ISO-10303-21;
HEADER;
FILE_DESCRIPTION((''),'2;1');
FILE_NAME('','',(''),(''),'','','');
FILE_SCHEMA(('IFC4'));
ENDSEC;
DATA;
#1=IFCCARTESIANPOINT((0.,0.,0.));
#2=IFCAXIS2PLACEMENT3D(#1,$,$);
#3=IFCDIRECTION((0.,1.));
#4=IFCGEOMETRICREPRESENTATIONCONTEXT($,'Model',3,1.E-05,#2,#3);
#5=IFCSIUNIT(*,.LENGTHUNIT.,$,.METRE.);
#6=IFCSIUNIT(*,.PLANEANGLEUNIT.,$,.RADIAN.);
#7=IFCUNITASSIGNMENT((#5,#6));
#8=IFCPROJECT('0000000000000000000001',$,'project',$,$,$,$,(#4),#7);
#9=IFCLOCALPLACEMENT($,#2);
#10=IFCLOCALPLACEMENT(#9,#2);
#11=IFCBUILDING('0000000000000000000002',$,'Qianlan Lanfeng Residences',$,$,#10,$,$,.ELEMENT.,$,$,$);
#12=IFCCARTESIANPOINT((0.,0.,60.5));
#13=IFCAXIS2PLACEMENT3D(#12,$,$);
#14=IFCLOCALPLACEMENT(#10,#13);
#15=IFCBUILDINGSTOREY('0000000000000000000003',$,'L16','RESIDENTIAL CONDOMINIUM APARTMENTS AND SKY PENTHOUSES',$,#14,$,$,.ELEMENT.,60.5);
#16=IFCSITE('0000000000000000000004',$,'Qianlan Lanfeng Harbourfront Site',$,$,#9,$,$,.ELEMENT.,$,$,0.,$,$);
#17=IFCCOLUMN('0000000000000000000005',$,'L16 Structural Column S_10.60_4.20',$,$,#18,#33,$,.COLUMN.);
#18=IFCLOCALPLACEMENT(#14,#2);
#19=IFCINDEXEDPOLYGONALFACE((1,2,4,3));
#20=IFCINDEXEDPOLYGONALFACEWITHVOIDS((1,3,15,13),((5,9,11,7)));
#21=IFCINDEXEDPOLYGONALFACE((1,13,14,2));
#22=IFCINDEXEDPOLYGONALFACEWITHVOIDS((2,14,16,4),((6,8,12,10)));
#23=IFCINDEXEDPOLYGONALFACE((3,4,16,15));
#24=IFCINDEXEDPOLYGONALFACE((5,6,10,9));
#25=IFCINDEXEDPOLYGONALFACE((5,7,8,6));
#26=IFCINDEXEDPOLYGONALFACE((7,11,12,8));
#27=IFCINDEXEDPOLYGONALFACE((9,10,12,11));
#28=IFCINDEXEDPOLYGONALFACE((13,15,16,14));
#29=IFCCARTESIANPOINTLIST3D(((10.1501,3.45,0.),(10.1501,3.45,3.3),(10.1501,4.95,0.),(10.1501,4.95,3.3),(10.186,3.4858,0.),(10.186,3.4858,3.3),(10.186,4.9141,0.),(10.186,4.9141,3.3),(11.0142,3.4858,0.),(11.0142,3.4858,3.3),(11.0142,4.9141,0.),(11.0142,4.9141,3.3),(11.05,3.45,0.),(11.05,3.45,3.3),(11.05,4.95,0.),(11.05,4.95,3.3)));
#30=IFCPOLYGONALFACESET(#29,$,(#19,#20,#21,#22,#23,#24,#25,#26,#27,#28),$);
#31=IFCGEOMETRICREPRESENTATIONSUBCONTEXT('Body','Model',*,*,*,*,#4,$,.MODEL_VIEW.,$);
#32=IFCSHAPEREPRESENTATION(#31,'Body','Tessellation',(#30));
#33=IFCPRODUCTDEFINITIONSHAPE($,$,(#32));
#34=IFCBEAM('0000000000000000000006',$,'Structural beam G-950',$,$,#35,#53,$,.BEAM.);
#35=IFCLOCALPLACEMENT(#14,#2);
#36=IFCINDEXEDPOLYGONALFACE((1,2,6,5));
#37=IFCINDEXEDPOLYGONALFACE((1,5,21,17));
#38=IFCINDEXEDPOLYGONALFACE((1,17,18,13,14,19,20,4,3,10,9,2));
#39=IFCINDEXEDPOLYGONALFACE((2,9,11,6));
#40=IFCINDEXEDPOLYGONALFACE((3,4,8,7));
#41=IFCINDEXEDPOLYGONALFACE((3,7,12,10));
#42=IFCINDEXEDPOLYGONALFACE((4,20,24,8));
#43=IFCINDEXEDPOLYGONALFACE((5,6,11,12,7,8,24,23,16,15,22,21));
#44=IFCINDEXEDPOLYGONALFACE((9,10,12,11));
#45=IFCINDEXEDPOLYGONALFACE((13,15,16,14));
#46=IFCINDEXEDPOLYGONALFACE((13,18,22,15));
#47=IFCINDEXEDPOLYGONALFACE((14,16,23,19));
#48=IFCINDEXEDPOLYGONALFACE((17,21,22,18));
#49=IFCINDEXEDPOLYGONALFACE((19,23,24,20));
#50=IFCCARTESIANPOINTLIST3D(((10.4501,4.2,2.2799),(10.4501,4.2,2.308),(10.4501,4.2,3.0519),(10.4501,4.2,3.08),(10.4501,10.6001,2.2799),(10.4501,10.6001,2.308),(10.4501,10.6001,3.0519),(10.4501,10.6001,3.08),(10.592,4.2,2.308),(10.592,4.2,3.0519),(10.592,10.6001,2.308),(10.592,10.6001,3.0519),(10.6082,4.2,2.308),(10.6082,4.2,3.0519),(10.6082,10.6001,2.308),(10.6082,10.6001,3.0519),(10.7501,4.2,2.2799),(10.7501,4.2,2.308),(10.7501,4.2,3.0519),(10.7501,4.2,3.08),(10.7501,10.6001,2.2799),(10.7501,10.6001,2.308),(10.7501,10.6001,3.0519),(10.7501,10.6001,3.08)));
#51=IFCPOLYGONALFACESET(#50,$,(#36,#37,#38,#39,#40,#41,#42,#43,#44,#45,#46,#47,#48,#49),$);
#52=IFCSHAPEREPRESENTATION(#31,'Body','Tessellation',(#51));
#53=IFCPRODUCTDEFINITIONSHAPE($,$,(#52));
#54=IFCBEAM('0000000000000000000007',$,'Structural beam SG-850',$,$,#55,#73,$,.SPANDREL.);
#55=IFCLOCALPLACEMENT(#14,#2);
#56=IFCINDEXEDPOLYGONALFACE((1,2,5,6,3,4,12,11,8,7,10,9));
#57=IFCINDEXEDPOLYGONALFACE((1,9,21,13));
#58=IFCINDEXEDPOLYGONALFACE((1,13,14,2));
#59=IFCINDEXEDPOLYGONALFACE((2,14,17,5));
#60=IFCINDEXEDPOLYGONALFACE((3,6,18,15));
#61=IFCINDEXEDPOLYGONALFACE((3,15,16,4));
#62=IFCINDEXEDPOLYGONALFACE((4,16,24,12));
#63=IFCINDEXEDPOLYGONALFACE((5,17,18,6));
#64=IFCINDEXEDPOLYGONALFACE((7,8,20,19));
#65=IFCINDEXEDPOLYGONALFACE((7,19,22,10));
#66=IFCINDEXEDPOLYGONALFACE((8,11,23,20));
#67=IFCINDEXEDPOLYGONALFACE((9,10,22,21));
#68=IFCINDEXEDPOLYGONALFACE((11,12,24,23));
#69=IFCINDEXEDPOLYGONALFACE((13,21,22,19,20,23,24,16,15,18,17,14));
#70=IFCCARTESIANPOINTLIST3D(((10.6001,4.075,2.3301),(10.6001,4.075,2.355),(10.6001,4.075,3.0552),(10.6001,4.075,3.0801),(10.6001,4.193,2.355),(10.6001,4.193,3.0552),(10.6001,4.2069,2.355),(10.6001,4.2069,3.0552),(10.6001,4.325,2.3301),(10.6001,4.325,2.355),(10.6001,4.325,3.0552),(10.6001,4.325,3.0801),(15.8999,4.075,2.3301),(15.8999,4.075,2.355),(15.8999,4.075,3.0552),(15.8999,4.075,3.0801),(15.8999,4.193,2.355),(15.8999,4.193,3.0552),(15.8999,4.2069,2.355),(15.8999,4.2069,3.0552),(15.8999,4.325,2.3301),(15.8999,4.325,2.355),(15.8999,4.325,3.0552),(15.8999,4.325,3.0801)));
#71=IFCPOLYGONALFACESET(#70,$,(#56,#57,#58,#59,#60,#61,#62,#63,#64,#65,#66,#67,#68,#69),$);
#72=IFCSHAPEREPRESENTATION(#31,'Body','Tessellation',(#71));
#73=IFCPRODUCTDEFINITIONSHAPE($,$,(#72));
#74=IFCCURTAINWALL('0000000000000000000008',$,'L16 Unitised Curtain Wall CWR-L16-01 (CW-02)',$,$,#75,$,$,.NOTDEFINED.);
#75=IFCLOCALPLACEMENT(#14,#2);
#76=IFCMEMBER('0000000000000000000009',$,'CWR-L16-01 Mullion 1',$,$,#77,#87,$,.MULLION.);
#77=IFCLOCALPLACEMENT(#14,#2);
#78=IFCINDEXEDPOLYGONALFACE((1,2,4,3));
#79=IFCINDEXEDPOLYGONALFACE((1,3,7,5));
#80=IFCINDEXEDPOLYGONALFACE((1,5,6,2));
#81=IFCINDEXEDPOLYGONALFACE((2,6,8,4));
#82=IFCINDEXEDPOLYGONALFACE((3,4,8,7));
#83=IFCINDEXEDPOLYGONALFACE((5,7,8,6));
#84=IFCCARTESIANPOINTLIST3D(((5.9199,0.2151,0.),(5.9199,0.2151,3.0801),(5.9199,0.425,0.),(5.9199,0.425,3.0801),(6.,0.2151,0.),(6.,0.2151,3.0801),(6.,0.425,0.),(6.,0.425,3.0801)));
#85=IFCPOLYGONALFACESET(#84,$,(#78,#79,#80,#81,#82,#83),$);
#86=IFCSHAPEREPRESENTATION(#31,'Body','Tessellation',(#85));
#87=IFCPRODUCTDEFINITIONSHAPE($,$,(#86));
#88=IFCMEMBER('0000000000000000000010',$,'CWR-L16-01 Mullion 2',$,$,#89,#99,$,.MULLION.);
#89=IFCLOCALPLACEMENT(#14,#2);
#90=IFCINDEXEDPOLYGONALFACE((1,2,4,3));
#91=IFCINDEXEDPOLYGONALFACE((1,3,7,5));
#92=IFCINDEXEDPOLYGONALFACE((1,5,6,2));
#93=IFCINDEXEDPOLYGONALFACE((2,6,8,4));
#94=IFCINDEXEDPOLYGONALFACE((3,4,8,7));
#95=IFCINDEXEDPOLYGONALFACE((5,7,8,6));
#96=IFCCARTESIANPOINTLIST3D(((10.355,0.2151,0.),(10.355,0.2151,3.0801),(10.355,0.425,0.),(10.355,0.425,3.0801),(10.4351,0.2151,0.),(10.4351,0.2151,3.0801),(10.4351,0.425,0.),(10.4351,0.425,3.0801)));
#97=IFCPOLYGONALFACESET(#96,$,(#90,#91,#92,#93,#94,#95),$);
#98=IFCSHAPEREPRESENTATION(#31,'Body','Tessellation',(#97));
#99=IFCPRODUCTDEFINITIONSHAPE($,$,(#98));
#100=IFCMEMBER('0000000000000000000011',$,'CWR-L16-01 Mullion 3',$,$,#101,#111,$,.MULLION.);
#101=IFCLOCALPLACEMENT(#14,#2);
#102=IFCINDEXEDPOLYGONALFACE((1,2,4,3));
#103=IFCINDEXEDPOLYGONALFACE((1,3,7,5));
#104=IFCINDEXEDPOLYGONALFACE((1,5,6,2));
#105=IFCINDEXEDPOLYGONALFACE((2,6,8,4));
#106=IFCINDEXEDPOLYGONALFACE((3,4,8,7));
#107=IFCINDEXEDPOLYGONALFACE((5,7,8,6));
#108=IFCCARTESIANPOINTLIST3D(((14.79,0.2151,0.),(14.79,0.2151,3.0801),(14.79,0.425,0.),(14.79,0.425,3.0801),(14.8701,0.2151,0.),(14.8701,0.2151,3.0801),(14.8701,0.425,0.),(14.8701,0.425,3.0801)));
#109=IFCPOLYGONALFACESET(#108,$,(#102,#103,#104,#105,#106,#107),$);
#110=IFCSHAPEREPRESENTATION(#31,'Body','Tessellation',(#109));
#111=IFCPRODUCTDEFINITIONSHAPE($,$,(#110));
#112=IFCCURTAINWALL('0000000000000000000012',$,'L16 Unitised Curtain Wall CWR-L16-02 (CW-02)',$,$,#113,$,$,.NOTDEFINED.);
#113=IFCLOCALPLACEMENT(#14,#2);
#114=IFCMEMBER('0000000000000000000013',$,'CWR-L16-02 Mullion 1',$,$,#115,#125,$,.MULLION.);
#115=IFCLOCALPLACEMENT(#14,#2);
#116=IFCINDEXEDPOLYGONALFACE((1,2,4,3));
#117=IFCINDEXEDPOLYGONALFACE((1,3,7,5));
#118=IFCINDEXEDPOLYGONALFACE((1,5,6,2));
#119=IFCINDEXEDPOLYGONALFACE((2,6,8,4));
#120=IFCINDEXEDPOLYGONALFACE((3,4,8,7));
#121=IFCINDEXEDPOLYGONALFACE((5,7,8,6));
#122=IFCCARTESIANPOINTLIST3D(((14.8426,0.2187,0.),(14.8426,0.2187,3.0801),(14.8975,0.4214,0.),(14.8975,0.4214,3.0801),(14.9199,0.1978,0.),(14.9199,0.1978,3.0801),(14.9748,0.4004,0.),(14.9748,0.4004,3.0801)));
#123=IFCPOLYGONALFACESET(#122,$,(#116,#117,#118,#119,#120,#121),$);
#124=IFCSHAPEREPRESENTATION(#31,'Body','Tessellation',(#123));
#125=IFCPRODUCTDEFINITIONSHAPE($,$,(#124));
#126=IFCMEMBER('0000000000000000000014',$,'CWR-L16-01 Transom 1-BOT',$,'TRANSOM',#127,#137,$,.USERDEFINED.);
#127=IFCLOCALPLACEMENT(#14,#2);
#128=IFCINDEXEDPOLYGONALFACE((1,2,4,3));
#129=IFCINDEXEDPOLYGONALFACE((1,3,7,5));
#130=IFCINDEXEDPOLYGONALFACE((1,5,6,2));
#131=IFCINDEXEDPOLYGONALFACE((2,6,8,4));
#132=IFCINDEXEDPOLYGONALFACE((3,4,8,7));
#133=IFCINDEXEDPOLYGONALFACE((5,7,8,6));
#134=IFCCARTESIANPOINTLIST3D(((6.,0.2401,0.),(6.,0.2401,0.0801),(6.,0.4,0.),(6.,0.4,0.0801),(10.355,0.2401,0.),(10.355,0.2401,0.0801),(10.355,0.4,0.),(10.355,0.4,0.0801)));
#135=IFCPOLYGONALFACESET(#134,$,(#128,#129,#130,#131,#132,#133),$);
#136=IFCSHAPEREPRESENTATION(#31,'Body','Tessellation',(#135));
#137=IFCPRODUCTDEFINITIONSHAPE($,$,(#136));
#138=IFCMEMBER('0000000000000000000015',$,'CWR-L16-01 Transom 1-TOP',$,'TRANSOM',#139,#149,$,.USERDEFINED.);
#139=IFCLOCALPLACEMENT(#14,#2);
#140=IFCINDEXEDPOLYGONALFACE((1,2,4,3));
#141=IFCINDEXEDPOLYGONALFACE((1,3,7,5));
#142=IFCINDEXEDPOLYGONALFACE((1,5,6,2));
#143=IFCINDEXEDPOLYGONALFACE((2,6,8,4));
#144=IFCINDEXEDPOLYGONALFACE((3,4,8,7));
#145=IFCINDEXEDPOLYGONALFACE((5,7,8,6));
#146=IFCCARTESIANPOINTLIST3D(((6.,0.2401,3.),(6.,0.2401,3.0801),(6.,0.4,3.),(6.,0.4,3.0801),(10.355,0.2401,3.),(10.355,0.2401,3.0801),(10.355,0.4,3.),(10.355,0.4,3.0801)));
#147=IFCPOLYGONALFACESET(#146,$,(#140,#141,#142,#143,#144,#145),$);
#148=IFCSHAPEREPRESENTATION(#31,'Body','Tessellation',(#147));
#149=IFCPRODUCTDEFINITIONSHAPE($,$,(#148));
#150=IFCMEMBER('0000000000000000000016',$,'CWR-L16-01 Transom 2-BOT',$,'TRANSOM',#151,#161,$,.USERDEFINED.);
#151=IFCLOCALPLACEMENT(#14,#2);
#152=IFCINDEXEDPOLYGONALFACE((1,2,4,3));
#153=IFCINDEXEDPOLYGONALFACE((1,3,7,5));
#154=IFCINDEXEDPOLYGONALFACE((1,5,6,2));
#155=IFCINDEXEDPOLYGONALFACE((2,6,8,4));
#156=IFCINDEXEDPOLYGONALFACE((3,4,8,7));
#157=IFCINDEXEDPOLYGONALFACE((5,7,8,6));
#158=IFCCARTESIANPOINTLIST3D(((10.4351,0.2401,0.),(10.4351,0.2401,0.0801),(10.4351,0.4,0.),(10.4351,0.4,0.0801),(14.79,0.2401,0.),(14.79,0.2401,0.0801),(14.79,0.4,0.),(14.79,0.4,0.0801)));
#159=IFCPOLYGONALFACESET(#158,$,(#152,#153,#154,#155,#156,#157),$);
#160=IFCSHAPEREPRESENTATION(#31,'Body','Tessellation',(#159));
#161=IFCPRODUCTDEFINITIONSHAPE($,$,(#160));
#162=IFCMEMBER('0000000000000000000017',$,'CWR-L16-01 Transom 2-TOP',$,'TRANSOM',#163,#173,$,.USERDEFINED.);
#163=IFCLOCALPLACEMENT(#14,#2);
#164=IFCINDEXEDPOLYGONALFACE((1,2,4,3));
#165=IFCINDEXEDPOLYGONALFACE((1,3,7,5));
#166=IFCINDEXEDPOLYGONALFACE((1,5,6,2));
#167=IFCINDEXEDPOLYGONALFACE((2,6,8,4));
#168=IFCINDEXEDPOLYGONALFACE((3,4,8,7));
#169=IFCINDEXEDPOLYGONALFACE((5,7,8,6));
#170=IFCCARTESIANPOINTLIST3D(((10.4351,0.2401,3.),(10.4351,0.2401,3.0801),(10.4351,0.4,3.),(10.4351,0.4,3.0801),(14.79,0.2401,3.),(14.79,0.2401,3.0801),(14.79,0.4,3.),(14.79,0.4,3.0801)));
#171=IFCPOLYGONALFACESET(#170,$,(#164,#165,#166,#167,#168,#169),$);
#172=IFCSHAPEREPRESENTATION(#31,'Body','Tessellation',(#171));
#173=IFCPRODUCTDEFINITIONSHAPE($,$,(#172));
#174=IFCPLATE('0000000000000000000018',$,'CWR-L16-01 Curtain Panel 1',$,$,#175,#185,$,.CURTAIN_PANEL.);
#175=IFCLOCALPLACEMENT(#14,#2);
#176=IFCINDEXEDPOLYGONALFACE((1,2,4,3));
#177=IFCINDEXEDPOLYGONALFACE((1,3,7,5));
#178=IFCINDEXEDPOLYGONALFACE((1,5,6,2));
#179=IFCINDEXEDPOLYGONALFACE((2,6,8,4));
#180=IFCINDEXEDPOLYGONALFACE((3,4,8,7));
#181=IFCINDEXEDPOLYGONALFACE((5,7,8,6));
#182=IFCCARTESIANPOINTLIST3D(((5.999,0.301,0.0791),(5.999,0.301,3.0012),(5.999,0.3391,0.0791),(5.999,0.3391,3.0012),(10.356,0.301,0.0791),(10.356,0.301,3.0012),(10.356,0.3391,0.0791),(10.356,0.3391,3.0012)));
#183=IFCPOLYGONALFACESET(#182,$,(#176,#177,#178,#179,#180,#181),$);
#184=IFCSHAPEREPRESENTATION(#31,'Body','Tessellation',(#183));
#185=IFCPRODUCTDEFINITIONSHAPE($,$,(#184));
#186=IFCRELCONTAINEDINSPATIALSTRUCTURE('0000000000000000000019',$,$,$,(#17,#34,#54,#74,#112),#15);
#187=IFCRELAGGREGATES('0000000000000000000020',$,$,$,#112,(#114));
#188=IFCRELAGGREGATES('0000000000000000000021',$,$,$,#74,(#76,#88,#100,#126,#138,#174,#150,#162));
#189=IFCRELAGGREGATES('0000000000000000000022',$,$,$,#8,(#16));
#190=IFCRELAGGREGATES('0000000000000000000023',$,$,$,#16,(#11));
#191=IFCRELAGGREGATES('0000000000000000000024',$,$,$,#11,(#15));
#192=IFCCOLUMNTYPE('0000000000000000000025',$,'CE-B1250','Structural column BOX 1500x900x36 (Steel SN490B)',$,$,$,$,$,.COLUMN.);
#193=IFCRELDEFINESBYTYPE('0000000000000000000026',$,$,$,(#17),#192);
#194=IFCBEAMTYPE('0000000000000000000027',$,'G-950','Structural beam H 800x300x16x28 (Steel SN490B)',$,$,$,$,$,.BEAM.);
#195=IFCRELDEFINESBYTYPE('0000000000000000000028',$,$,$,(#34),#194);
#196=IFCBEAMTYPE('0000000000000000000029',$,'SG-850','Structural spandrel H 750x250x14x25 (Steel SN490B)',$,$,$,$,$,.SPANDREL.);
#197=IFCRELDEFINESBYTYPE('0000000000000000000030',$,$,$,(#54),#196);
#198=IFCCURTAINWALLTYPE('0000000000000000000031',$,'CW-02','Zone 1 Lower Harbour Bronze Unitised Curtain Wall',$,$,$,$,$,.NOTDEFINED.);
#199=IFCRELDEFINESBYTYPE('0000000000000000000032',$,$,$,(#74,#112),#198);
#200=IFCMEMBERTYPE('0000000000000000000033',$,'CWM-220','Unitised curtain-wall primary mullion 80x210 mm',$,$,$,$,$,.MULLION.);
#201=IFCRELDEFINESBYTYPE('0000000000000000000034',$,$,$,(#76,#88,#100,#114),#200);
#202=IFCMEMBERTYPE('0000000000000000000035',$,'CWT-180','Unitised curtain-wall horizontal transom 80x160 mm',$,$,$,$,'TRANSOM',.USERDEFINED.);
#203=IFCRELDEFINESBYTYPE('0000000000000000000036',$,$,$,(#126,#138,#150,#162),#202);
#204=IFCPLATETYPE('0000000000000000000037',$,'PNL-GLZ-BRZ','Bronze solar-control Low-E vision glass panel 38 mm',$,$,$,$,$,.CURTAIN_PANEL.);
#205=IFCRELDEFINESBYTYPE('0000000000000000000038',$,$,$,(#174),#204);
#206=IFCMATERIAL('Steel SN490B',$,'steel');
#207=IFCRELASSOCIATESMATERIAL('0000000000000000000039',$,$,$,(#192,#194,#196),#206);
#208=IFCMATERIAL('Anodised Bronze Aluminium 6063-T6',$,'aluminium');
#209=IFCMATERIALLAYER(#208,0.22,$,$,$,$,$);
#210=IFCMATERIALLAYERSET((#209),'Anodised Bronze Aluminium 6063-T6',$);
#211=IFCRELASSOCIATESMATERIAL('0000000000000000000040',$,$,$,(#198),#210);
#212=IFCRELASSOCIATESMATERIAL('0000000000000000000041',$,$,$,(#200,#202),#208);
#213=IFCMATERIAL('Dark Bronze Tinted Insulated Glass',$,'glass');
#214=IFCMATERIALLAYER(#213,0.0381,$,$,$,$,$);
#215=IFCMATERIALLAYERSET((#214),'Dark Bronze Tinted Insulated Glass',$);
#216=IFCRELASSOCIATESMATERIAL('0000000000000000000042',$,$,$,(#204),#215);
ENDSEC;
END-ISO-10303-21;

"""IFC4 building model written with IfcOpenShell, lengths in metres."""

from ifc_helpers import new_model, si_unit, direction, frame, origin, origin_2d, place, context, subcontext, project, spatial, rectangle, hollow_rectangle, i_section, extrude, source, transform, mapped, material, layer, layer_set, material_profile, profile_set, type_object, element, aggregate, save


model = new_model("IFC4")

# Units and contexts
model_context = context("Model", 3, precision=1e-05, world=origin(), true_north=direction((0.0, 1.0)))
body_context = subcontext(model_context, "Body", "Model", "MODEL_VIEW")
ifc_project = project(units=[si_unit("LENGTHUNIT", "METRE"), si_unit("PLANEANGLEUNIT", "RADIAN")], contexts=[model_context])

# Site, building, storey
site_placement = place(None, origin())
site = spatial("IfcSite", under=ifc_project, at=site_placement, Name="Qianlan Lanfeng Harbourfront Site", CompositionType="ELEMENT", RefElevation=0.0)
building_placement = place(site_placement, origin())
building = spatial("IfcBuilding", under=site, at=building_placement, Name="Qianlan Lanfeng Residences", CompositionType="ELEMENT")
storey_placement = place(building_placement, frame((0.0, 0.0, 60.5)))
storey = spatial("IfcBuildingStorey", under=building, at=storey_placement, Name="L16", Description="RESIDENTIAL CONDOMINIUM APARTMENTS AND SKY PENTHOUSES", CompositionType="ELEMENT", Elevation=60.5)

# Column
ifc_material_1 = material(Name="Steel SN490B", Category="steel")
ifc_material_profile_1 = material_profile(ifc_material_1, hollow_rectangle(XDim=0.8999, YDim=1.5, WallThickness=0.0359, at=origin_2d()), Name="BOX 1500x900x36")
ifc_profile_set_1 = profile_set([ifc_material_profile_1], Name="Steel SN490B")
column_type = type_object("IfcColumnType", Name="CE-B1250", Description="Structural column BOX 1500x900x36 (Steel SN490B)", PredefinedType="COLUMN", material=ifc_profile_set_1)
column_placement = place(storey_placement, frame((10.6001, 4.2, 0.0), z_axis=(0.0, 0.0, 1.0), x_axis=(1.0, 0.0, 0.0)))
element("IfcColumn", 1, at=column_placement, inside=storey, type_object=column_type, Name="L16 Structural Column S_10.60_4.20", PredefinedType="COLUMN", context=body_context, shape_type="SweptSolid", body=[
    extrude(hollow_rectangle(XDim=0.8999, YDim=1.5, WallThickness=0.0359, at=origin_2d()), origin(), (0.0, 0.0, 1.0), 3.3),
])

# Beams
ifc_material_profile_2 = material_profile(ifc_material_1, i_section(OverallWidth=0.3, OverallDepth=0.8, WebThickness=0.0161, FlangeThickness=0.0281, at=origin_2d()), Name="H 800x300x16x28")
ifc_profile_set_2 = profile_set([ifc_material_profile_2], Name="Steel SN490B")
beam_type_1 = type_object("IfcBeamType", Name="G-950", Description="Structural beam H 800x300x16x28 (Steel SN490B)", PredefinedType="BEAM", material=ifc_profile_set_2)
beam_1_placement = place(storey_placement, frame((10.6001, 4.2, 2.6799), z_axis=(0.0, 1.0, 0.0), x_axis=(-1.0, 0.0, 0.0)))
element("IfcBeam", 2, at=beam_1_placement, inside=storey, type_object=beam_type_1, Name="Structural beam G-950", PredefinedType="BEAM", context=body_context, shape_type="SweptSolid", body=[
    extrude(i_section(OverallWidth=0.3, OverallDepth=0.8, WebThickness=0.0161, FlangeThickness=0.0281, at=origin_2d()), origin(), (0.0, 0.0, 1.0), 6.4001),
])
ifc_material_profile_3 = material_profile(ifc_material_1, i_section(OverallWidth=0.25, OverallDepth=0.75, WebThickness=0.0139, FlangeThickness=0.0249, at=origin_2d()), Name="H 750x250x14x25")
ifc_profile_set_3 = profile_set([ifc_material_profile_3], Name="Steel SN490B")
beam_type_2 = type_object("IfcBeamType", Name="SG-850", Description="Structural spandrel H 750x250x14x25 (Steel SN490B)", PredefinedType="SPANDREL", material=ifc_profile_set_3)
beam_2_placement = place(storey_placement, frame((10.6001, 4.2, 2.7051), z_axis=(1.0, 0.0, 0.0), x_axis=(0.0, 1.0, 0.0)))
element("IfcBeam", 3, at=beam_2_placement, inside=storey, type_object=beam_type_2, Name="Structural beam SG-850", PredefinedType="SPANDREL", context=body_context, shape_type="SweptSolid", body=[
    extrude(i_section(OverallWidth=0.25, OverallDepth=0.75, WebThickness=0.0139, FlangeThickness=0.0249, at=origin_2d()), origin(), (0.0, 0.0, 1.0), 5.2998),
])

# Curtain wall, members
ifc_material_2 = material(Name="Anodised Bronze Aluminium 6063-T6", Category="aluminium")
ifc_layer_1 = layer(ifc_material_2, 0.22)
ifc_layer_set_1 = layer_set([ifc_layer_1], Name="Anodised Bronze Aluminium 6063-T6")
curtain_wall_type = type_object("IfcCurtainWallType", Name="CW-02", Description="Zone 1 Lower Harbour Bronze Unitised Curtain Wall", PredefinedType="NOTDEFINED", material=ifc_layer_set_1)
curtain_wall_1_placement = place(storey_placement, origin())
curtain_wall_1 = element("IfcCurtainWall", 4, at=curtain_wall_1_placement, inside=storey, type_object=curtain_wall_type, Name="L16 Unitised Curtain Wall CWR-L16-01 (CW-02)", PredefinedType="NOTDEFINED")
ifc_material_profile_4 = material_profile(ifc_material_2, rectangle(XDim=0.0801, YDim=0.21, at=origin_2d()), Name="ALU MULLION 80x210")
ifc_profile_set_4 = profile_set([ifc_material_profile_4], Name="Anodised Bronze Aluminium 6063-T6")
member_type_1 = type_object("IfcMemberType", Name="CWM-220", Description="Unitised curtain-wall primary mullion 80x210 mm", PredefinedType="MULLION", material=ifc_profile_set_4)
shared_shape_1 = source(origin(), body_context, "Body", "SweptSolid", [
    extrude(rectangle(XDim=0.0801, YDim=0.21, at=origin_2d()), origin(), (0.0, 0.0, 1.0), 3.0801),
])
member_1_placement = place(storey_placement, frame((5.96, 0.3201, 0.0), z_axis=(0.0, 0.0, 1.0), x_axis=(1.0, 0.0, 0.0)))
member_1 = element("IfcMember", 5, at=member_1_placement, type_object=member_type_1, Name="CWR-L16-01 Mullion 1", PredefinedType="MULLION", context=body_context, shape_type="MappedRepresentation", body=[
    mapped(shared_shape_1, transform((0.0, 0.0, 0.0), scale=1.0)),
])
member_2_placement = place(storey_placement, frame((10.395, 0.3201, 0.0), z_axis=(0.0, 0.0, 1.0), x_axis=(1.0, 0.0, 0.0)))
member_2 = element("IfcMember", 6, at=member_2_placement, type_object=member_type_1, Name="CWR-L16-01 Mullion 2", PredefinedType="MULLION", context=body_context, shape_type="MappedRepresentation", body=[
    mapped(shared_shape_1, transform((0.0, 0.0, 0.0), scale=1.0)),
])
member_3_placement = place(storey_placement, frame((14.8301, 0.3201, 0.0), z_axis=(0.0, 0.0, 1.0), x_axis=(1.0, 0.0, 0.0)))
member_3 = element("IfcMember", 7, at=member_3_placement, type_object=member_type_1, Name="CWR-L16-01 Mullion 3", PredefinedType="MULLION", context=body_context, shape_type="MappedRepresentation", body=[
    mapped(shared_shape_1, transform((0.0, 0.0, 0.0), scale=1.0)),
])

# Curtain wall, member
curtain_wall_2_placement = place(storey_placement, origin())
curtain_wall_2 = element("IfcCurtainWall", 8, at=curtain_wall_2_placement, inside=storey, type_object=curtain_wall_type, Name="L16 Unitised Curtain Wall CWR-L16-02 (CW-02)", PredefinedType="NOTDEFINED")
member_4_placement = place(storey_placement, frame((14.9087, 0.3096, 0.0), z_axis=(0.0, 0.0, 1.0), x_axis=(0.965263, -0.261281, 0.0)))
member_4 = element("IfcMember", 9, at=member_4_placement, type_object=member_type_1, Name="CWR-L16-02 Mullion 1", PredefinedType="MULLION", context=body_context, shape_type="MappedRepresentation", body=[
    mapped(shared_shape_1, transform((0.0, 0.0, 0.0), scale=1.0)),
])
aggregate(curtain_wall_2, [member_4])

# Members
ifc_material_profile_5 = material_profile(ifc_material_2, rectangle(XDim=0.0801, YDim=0.1599, at=origin_2d()), Name="ALU TRANSOM 80x160")
ifc_profile_set_5 = profile_set([ifc_material_profile_5], Name="Anodised Bronze Aluminium 6063-T6")
member_type_2 = type_object("IfcMemberType", Name="CWT-180", Description="Unitised curtain-wall horizontal transom 80x160 mm", ElementType="TRANSOM", PredefinedType="USERDEFINED", material=ifc_profile_set_5)
shared_shape_2 = source(origin(), body_context, "Body", "SweptSolid", [
    extrude(rectangle(XDim=0.0801, YDim=0.1599, at=origin_2d()), origin(), (0.0, 0.0, 1.0), 4.355),
])
member_5_placement = place(storey_placement, frame((6.0, 0.3201, 0.04), z_axis=(1.0, 0.0, 0.0), x_axis=(0.0, 0.0, 1.0)))
member_5 = element("IfcMember", 10, at=member_5_placement, type_object=member_type_2, Name="CWR-L16-01 Transom 1-BOT", ObjectType="TRANSOM", PredefinedType="USERDEFINED", context=body_context, shape_type="MappedRepresentation", body=[
    mapped(shared_shape_2, transform((0.0, 0.0, 0.0), scale=1.0)),
])
member_6_placement = place(storey_placement, frame((6.0, 0.3201, 3.04), z_axis=(1.0, 0.0, 0.0), x_axis=(0.0, 0.0, 1.0)))
member_6 = element("IfcMember", 11, at=member_6_placement, type_object=member_type_2, Name="CWR-L16-01 Transom 1-TOP", ObjectType="TRANSOM", PredefinedType="USERDEFINED", context=body_context, shape_type="MappedRepresentation", body=[
    mapped(shared_shape_2, transform((0.0, 0.0, 0.0), scale=1.0)),
])
member_7_placement = place(storey_placement, frame((10.4351, 0.3201, 0.04), z_axis=(1.0, 0.0, 0.0), x_axis=(0.0, 0.0, 1.0)))
member_7 = element("IfcMember", 12, at=member_7_placement, type_object=member_type_2, Name="CWR-L16-01 Transom 2-BOT", ObjectType="TRANSOM", PredefinedType="USERDEFINED", context=body_context, shape_type="MappedRepresentation", body=[
    mapped(shared_shape_2, transform((0.0, 0.0, 0.0), scale=1.0)),
])
member_8_placement = place(storey_placement, frame((10.4351, 0.3201, 3.04), z_axis=(1.0, 0.0, 0.0), x_axis=(0.0, 0.0, 1.0)))
member_8 = element("IfcMember", 13, at=member_8_placement, type_object=member_type_2, Name="CWR-L16-01 Transom 2-TOP", ObjectType="TRANSOM", PredefinedType="USERDEFINED", context=body_context, shape_type="MappedRepresentation", body=[
    mapped(shared_shape_2, transform((0.0, 0.0, 0.0), scale=1.0)),
])

# Plate
ifc_material_3 = material(Name="Dark Bronze Tinted Insulated Glass", Category="glass")
ifc_layer_2 = layer(ifc_material_3, 0.0381)
ifc_layer_set_2 = layer_set([ifc_layer_2], Name="Dark Bronze Tinted Insulated Glass")
plate_type = type_object("IfcPlateType", Name="PNL-GLZ-BRZ", Description="Bronze solar-control Low-E vision glass panel 38 mm", PredefinedType="CURTAIN_PANEL", material=ifc_layer_set_2)
shared_shape_3 = source(origin(), body_context, "Body", "SweptSolid", [
    extrude(rectangle(XDim=4.3569, YDim=0.0381, at=origin_2d()), origin(), (0.0, 0.0, 1.0), 2.9221),
])
plate_1_placement = place(storey_placement, frame((8.1775, 0.3201, 0.0791), z_axis=(0.0, 0.0, 1.0), x_axis=(1.0, 0.0, 0.0)))
plate_1 = element("IfcPlate", 14, at=plate_1_placement, type_object=plate_type, Name="CWR-L16-01 Curtain Panel 1", PredefinedType="CURTAIN_PANEL", context=body_context, shape_type="MappedRepresentation", body=[
    mapped(shared_shape_3, transform((0.0, 0.0, 0.0), scale=1.0)),
])
aggregate(curtain_wall_1, [member_1, member_2, member_3, member_5, member_6, plate_1, member_7, member_8])

save(model, "model.ifc")
